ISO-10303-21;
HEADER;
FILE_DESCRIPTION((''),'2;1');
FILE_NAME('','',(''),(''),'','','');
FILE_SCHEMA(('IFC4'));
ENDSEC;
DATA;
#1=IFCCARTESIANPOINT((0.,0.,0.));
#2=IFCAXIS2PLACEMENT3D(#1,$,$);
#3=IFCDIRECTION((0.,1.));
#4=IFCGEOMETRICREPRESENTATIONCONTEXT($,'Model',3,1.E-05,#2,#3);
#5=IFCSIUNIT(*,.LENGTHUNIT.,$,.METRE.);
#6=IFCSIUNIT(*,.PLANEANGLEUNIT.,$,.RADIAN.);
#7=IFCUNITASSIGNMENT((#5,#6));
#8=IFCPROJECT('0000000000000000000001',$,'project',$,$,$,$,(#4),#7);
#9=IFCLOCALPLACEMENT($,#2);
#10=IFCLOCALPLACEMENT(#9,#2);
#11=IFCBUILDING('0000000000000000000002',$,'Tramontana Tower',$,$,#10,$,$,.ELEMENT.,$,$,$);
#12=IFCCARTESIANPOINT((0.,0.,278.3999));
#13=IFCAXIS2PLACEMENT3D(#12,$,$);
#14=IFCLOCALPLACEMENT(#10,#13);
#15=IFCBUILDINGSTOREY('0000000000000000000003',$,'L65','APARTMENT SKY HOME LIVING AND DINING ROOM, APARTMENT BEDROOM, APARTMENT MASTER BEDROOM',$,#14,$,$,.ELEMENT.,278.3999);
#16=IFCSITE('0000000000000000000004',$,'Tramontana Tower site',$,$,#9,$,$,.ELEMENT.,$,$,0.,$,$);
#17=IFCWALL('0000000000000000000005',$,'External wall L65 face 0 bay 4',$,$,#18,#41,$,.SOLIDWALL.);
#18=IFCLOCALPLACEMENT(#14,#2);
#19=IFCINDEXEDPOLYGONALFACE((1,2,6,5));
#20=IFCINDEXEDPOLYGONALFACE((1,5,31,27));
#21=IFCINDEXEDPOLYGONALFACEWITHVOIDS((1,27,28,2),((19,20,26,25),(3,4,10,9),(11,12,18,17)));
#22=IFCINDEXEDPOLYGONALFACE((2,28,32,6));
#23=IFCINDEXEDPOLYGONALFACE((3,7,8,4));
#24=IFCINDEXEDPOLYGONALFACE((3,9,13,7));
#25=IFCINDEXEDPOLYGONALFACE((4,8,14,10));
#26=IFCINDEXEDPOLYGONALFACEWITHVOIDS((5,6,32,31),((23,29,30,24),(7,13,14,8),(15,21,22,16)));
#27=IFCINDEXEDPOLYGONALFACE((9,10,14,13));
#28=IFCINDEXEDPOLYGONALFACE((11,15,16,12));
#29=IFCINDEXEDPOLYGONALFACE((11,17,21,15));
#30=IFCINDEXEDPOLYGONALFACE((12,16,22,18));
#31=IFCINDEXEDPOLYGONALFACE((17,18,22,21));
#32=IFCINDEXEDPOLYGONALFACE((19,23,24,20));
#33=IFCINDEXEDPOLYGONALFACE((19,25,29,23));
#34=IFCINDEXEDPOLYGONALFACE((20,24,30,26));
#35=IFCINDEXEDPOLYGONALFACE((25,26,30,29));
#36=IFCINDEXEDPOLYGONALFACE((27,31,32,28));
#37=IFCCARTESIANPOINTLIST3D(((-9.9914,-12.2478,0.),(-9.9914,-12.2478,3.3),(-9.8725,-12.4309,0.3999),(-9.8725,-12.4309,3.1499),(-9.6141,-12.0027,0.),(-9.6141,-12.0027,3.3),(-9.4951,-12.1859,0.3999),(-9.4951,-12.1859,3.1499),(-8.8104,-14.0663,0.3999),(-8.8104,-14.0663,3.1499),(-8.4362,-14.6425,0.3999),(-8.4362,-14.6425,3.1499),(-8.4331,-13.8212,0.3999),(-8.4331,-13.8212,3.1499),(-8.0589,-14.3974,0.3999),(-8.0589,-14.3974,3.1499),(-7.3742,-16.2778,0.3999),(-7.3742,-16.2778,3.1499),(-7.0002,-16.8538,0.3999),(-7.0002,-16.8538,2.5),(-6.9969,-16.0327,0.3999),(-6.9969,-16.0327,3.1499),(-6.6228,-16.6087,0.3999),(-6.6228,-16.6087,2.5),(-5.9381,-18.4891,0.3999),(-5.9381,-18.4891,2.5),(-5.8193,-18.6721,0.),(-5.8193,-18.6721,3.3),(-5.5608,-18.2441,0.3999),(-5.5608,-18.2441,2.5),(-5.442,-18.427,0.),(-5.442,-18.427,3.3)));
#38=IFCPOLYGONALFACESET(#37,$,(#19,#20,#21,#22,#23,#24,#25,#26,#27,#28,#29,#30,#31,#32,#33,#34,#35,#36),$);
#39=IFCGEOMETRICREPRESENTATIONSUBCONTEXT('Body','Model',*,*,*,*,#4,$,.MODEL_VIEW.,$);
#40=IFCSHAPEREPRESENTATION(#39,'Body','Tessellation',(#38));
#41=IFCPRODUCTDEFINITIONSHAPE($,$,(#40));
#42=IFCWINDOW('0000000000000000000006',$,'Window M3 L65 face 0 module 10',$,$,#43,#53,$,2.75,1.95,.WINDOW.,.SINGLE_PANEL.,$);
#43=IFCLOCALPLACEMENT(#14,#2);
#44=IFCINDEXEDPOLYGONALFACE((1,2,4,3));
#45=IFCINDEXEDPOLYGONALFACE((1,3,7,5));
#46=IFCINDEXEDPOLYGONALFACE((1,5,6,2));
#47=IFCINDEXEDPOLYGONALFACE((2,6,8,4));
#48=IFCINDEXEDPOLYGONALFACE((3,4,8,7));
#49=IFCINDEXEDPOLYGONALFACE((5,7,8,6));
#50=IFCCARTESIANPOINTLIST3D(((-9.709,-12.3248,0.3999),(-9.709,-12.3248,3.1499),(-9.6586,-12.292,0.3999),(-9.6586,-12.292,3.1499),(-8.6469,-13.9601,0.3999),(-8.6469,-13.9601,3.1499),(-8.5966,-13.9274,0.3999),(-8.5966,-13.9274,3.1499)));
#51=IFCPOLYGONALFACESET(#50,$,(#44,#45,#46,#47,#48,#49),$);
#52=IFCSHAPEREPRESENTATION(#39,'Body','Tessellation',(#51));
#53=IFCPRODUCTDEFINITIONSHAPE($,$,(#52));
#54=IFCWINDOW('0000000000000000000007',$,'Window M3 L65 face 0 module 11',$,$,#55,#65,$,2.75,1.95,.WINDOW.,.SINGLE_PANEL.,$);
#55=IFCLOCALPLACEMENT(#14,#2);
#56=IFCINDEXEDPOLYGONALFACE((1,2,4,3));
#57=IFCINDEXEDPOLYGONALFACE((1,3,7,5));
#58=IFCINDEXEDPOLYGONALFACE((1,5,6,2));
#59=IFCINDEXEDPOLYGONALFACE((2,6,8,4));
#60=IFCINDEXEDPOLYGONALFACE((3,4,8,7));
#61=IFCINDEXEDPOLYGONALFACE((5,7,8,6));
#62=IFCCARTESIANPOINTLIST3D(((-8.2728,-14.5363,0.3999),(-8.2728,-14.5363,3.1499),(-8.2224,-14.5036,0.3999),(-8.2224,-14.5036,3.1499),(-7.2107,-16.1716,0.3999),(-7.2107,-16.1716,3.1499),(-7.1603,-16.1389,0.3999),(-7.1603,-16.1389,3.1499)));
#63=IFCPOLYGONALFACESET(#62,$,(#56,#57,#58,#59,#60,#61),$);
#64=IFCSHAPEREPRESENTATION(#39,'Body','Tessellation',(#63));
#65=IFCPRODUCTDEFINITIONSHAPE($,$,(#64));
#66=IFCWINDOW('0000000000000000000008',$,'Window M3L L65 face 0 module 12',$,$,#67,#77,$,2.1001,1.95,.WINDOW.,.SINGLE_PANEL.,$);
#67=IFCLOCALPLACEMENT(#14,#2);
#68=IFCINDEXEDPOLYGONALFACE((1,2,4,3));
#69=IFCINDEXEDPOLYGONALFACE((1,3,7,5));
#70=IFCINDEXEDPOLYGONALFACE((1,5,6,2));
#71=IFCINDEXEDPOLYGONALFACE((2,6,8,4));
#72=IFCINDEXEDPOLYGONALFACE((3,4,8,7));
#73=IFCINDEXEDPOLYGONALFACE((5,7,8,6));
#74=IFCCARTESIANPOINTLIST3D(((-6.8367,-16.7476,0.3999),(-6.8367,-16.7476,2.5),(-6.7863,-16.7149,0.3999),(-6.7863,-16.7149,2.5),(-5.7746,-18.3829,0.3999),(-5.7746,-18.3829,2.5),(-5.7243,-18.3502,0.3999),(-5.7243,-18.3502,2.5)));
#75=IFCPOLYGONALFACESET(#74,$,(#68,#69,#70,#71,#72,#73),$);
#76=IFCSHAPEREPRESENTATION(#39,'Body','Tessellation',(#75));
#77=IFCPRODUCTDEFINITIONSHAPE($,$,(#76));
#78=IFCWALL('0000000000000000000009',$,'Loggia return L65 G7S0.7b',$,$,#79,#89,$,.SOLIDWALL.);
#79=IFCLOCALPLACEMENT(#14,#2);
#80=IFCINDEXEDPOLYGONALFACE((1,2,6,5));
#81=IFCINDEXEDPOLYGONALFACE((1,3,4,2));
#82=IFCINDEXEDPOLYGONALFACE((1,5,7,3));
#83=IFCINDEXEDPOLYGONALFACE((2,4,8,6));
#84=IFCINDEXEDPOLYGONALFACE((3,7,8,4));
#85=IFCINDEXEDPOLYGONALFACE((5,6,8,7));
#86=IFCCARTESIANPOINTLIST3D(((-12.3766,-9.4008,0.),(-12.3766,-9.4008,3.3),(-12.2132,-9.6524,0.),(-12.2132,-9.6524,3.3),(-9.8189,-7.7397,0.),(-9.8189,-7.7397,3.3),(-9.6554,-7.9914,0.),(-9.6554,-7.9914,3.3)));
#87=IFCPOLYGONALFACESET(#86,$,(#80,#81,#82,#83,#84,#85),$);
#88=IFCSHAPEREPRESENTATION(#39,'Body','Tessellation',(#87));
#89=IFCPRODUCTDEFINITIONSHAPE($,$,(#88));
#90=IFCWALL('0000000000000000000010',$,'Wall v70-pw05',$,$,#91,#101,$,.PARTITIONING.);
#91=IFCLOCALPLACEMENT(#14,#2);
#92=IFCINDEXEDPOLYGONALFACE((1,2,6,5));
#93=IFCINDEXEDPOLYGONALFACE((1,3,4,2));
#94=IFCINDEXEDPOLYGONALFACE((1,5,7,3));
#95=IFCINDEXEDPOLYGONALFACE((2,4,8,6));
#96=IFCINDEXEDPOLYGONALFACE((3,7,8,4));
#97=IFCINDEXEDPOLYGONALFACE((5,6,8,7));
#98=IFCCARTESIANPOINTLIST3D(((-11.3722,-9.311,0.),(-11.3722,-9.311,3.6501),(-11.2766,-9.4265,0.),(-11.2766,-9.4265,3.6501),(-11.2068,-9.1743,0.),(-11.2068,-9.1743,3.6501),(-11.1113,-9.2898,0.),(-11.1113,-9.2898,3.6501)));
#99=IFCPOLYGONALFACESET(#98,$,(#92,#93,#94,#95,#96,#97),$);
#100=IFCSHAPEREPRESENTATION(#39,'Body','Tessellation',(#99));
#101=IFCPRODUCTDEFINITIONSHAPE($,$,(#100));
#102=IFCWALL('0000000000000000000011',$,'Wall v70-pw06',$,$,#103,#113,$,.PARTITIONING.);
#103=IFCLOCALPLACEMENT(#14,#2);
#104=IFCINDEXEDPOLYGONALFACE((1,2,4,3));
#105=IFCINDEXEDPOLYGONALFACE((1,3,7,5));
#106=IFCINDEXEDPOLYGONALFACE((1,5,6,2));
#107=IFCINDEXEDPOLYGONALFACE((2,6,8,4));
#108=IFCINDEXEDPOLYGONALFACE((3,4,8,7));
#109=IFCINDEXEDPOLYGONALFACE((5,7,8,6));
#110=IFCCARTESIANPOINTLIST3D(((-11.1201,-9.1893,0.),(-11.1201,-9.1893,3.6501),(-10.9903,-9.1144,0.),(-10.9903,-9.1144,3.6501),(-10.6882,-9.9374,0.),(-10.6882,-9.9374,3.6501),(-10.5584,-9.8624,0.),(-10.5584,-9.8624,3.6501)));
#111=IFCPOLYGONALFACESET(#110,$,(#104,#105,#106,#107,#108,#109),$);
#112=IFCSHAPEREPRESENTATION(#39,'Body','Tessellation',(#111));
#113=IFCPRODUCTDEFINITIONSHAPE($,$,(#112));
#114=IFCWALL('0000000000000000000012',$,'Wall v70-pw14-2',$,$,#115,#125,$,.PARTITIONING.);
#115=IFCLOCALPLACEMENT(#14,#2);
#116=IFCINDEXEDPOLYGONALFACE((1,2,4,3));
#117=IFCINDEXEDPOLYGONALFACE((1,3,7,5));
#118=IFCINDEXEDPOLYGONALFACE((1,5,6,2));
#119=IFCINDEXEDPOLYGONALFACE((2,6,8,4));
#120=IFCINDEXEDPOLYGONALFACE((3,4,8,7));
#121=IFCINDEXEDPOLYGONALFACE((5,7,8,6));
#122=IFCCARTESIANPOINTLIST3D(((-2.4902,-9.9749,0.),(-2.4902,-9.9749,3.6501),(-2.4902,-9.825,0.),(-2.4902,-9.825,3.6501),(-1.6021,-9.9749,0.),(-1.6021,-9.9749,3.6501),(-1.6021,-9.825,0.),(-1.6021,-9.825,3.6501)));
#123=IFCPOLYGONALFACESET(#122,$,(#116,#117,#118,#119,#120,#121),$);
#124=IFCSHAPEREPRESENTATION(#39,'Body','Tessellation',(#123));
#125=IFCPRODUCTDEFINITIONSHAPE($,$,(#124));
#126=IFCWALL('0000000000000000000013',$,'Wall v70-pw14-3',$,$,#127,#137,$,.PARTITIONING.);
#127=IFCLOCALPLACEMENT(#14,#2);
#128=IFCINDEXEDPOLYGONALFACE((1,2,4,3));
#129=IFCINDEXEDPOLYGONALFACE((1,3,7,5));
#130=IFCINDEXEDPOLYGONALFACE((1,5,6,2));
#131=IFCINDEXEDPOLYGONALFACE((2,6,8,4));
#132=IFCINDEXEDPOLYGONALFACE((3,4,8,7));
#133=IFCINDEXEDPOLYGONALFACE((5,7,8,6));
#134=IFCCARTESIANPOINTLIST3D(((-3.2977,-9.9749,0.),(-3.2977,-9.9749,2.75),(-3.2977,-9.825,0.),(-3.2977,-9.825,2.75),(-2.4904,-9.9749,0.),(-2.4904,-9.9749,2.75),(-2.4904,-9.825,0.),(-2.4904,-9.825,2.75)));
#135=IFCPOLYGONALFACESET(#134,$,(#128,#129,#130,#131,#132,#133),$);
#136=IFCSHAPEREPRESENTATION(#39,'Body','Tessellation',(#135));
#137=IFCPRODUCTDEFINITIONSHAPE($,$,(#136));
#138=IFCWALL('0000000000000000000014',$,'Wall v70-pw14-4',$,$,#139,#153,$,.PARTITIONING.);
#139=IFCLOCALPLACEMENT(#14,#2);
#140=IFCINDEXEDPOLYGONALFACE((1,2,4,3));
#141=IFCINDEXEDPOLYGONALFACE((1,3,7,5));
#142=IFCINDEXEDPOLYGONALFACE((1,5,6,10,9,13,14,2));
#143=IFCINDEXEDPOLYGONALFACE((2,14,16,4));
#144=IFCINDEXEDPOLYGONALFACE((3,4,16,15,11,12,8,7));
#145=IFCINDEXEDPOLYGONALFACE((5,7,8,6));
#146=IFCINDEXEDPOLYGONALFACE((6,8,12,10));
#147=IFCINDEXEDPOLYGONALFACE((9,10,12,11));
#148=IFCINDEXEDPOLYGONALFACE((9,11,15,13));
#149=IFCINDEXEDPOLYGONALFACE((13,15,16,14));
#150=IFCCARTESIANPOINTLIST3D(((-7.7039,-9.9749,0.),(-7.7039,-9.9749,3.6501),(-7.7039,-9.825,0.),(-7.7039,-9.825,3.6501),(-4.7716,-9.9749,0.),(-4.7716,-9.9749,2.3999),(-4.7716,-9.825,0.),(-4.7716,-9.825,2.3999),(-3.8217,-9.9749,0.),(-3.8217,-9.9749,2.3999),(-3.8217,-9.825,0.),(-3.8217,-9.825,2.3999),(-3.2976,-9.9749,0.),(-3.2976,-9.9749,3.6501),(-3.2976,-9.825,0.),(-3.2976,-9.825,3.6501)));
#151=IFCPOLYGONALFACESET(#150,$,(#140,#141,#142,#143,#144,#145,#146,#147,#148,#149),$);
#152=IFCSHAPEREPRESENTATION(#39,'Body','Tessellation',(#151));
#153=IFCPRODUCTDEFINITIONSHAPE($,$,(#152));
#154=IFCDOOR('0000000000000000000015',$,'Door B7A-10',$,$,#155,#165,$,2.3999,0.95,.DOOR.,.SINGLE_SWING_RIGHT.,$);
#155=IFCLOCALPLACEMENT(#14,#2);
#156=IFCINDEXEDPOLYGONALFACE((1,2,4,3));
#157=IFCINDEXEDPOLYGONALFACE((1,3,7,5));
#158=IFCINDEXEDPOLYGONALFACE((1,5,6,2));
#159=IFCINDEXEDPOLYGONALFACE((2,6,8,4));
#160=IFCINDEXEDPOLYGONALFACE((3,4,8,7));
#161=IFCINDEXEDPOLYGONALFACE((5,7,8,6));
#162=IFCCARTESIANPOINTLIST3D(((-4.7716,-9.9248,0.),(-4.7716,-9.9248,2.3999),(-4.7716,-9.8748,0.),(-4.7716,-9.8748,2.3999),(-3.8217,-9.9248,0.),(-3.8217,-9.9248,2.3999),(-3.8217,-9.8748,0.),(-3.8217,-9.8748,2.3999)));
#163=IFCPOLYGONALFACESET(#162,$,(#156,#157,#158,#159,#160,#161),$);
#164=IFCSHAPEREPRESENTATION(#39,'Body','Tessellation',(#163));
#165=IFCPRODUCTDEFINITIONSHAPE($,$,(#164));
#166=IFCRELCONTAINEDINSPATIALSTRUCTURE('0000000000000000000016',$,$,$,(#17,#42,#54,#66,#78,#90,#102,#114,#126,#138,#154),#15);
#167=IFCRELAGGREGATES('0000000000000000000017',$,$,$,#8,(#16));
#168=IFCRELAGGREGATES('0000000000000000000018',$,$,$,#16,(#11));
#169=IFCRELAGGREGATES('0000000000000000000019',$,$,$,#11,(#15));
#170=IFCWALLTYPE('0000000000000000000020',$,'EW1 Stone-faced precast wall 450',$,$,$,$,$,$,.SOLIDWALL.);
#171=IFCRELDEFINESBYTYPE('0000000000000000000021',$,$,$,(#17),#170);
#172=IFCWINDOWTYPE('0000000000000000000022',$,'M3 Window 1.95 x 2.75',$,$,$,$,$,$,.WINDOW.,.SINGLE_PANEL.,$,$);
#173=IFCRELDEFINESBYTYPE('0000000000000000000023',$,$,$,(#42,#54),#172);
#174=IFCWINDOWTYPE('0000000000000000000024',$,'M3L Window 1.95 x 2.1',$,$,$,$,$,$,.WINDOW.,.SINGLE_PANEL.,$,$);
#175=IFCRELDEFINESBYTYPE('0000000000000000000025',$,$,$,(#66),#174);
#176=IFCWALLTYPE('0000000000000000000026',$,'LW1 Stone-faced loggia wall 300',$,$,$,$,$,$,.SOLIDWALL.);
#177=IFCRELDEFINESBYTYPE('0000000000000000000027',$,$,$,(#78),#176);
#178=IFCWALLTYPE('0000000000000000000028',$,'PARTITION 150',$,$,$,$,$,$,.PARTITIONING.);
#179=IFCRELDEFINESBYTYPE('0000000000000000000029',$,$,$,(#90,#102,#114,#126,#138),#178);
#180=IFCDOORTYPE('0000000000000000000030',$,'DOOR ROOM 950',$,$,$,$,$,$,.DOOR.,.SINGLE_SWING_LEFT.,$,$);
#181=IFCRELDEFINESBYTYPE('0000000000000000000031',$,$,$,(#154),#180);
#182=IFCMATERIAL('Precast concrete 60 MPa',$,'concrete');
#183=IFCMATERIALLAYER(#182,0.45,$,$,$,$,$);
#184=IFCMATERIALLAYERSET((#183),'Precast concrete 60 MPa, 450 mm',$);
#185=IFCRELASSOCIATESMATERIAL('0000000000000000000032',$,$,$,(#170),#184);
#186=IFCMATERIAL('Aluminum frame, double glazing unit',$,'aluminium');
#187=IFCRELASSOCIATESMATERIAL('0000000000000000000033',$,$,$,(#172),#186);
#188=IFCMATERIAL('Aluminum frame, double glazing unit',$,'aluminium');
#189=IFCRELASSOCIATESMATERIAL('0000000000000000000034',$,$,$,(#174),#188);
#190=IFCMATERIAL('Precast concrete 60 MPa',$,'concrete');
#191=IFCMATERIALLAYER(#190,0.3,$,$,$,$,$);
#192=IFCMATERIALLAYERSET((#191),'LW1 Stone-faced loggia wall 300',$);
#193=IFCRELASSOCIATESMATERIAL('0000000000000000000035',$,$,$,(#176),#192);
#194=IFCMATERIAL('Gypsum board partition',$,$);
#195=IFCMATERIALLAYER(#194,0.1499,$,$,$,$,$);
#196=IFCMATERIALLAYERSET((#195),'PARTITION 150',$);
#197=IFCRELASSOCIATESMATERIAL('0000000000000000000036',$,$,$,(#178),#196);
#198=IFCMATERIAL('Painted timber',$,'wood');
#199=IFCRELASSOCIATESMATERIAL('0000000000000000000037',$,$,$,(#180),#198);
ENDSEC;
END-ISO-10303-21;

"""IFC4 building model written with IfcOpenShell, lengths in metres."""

from ifc_helpers import new_model, si_unit, direction, frame, frame_2d, origin, place, context, subcontext, project, spatial, rectangle, extrude, material, layer, layer_set, type_object, element, fill, save


model = new_model("IFC4")

# Units and contexts
model_context = context("Model", 3, precision=1e-05, world=origin(), true_north=direction((0.0, 1.0)))
body_context = subcontext(model_context, "Body", "Model", "MODEL_VIEW")
ifc_project = project(units=[si_unit("LENGTHUNIT", "METRE"), si_unit("PLANEANGLEUNIT", "RADIAN")], contexts=[model_context])

# Site, building, storey
site_placement = place(None, origin())
site = spatial("IfcSite", under=ifc_project, at=site_placement, Name="Tramontana Tower site", CompositionType="ELEMENT", RefElevation=0.0)
building_placement = place(site_placement, origin())
building = spatial("IfcBuilding", under=site, at=building_placement, Name="Tramontana Tower", CompositionType="ELEMENT")
storey_placement = place(building_placement, frame((0.0, 0.0, 278.3999)))
storey = spatial("IfcBuildingStorey", under=building, at=storey_placement, Name="L65", Description="APARTMENT SKY HOME LIVING AND DINING ROOM, APARTMENT BEDROOM, APARTMENT MASTER BEDROOM", CompositionType="ELEMENT", Elevation=278.3999)

# Shared definitions
ifc_material_1 = material(Name="Precast concrete 60 MPa", Category="concrete")
ifc_layer_1 = layer(ifc_material_1, 0.45)
ifc_layer_set_1 = layer_set([ifc_layer_1], Name="Precast concrete 60 MPa, 450 mm")
wall_type_1 = type_object("IfcWallType", Name="EW1 Stone-faced precast wall 450", PredefinedType="SOLIDWALL", material=ifc_layer_set_1)
ifc_material_2 = material(Name="Aluminum frame, double glazing unit", Category="aluminium")
window_type_1 = type_object("IfcWindowType", Name="M3 Window 1.95 x 2.75", PartitioningType="SINGLE_PANEL", PredefinedType="WINDOW", material=ifc_material_2)

# Wall, openings, windows
wall_1_placement = place(storey_placement, frame((-9.8027, -12.1252, 0.0), z_axis=(0.0, 0.0, 1.0), x_axis=(0.54465, -0.838663, 0.0)))
wall_1 = element("IfcWall", 1, at=wall_1_placement, inside=storey, type_object=wall_type_1, Name="External wall L65 face 0 bay 4", PredefinedType="SOLIDWALL", context=body_context, shape_type="SweptSolid", body=[
    extrude(rectangle(XDim=7.6602, YDim=0.45, at=frame_2d((3.8301, 0.0))), origin(), (0.0, 0.0, 1.0), 3.3),
])
opening_1_placement = place(wall_1_placement, frame((0.2183, 0.0, 0.3999)))
opening_1 = element("IfcOpeningElement", 2, at=opening_1_placement, cuts=wall_1, PredefinedType="OPENING", context=body_context, shape_type="SweptSolid", body=[
    extrude(rectangle(XDim=1.95, YDim=2.75, at=frame_2d((0.9751, 1.375))), frame((0.0, 0.2349, 0.0), z_axis=(0.0, -1.0, 0.0), x_axis=(1.0, 0.0, 0.0)), (0.0, 0.0, 1.0), 0.47),
])
opening_2_placement = place(wall_1_placement, frame((2.8552, 0.0, 0.3999)))
opening_2 = element("IfcOpeningElement", 3, at=opening_2_placement, cuts=wall_1, PredefinedType="OPENING", context=body_context, shape_type="SweptSolid", body=[
    extrude(rectangle(XDim=1.95, YDim=2.75, at=frame_2d((0.9751, 1.375))), frame((0.0, 0.2349, 0.0), z_axis=(0.0, -1.0, 0.0), x_axis=(1.0, 0.0, 0.0)), (0.0, 0.0, 1.0), 0.47),
])
opening_3_placement = place(wall_1_placement, frame((5.4919, 0.0, 0.3999)))
opening_3 = element("IfcOpeningElement", 4, at=opening_3_placement, cuts=wall_1, PredefinedType="OPENING", context=body_context, shape_type="SweptSolid", body=[
    extrude(rectangle(XDim=1.95, YDim=2.1001, at=frame_2d((0.9751, 1.05))), frame((0.0, 0.2349, 0.0), z_axis=(0.0, -1.0, 0.0), x_axis=(1.0, 0.0, 0.0)), (0.0, 0.0, 1.0), 0.47),
])
window_1_placement = place(opening_1_placement, origin())
window_1 = element("IfcWindow", 5, at=window_1_placement, inside=storey, type_object=window_type_1, Name="Window M3 L65 face 0 module 10", OverallHeight=2.75, OverallWidth=1.95, PartitioningType="SINGLE_PANEL", PredefinedType="WINDOW", context=body_context, shape_type="SweptSolid", body=[
    extrude(rectangle(XDim=1.95, YDim=2.75, at=frame_2d((0.9751, 1.375))), frame((0.0, 0.03, 0.0), z_axis=(0.0, -1.0, 0.0), x_axis=(1.0, 0.0, 0.0)), (0.0, 0.0, 1.0), 0.0601),
])
fill(opening_1, window_1)
window_2_placement = place(opening_2_placement, origin())
window_2 = element("IfcWindow", 6, at=window_2_placement, inside=storey, type_object=window_type_1, Name="Window M3 L65 face 0 module 11", OverallHeight=2.75, OverallWidth=1.95, PartitioningType="SINGLE_PANEL", PredefinedType="WINDOW", context=body_context, shape_type="SweptSolid", body=[
    extrude(rectangle(XDim=1.95, YDim=2.75, at=frame_2d((0.9751, 1.375))), frame((0.0, 0.03, 0.0), z_axis=(0.0, -1.0, 0.0), x_axis=(1.0, 0.0, 0.0)), (0.0, 0.0, 1.0), 0.0601),
])
fill(opening_2, window_2)
ifc_material_3 = material(Name="Aluminum frame, double glazing unit", Category="aluminium")
window_type_2 = type_object("IfcWindowType", Name="M3L Window 1.95 x 2.1", PartitioningType="SINGLE_PANEL", PredefinedType="WINDOW", material=ifc_material_3)
window_3_placement = place(opening_3_placement, origin())
window_3 = element("IfcWindow", 7, at=window_3_placement, inside=storey, type_object=window_type_2, Name="Window M3L L65 face 0 module 12", OverallHeight=2.1001, OverallWidth=1.95, PartitioningType="SINGLE_PANEL", PredefinedType="WINDOW", context=body_context, shape_type="SweptSolid", body=[
    extrude(rectangle(XDim=1.95, YDim=2.1001, at=frame_2d((0.9751, 1.05))), frame((0.0, 0.03, 0.0), z_axis=(0.0, -1.0, 0.0), x_axis=(1.0, 0.0, 0.0)), (0.0, 0.0, 1.0), 0.0601),
])
fill(opening_3, window_3)

# Walls
ifc_material_4 = material(Name="Precast concrete 60 MPa", Category="concrete")
ifc_layer_2 = layer(ifc_material_4, 0.3)
ifc_layer_set_2 = layer_set([ifc_layer_2], Name="LW1 Stone-faced loggia wall 300")
wall_type_2 = type_object("IfcWallType", Name="LW1 Stone-faced loggia wall 300", PredefinedType="SOLIDWALL", material=ifc_layer_set_2)
wall_2_placement = place(storey_placement, frame((-12.2949, -9.5266, 0.0), z_axis=(0.0, 0.0, 1.0), x_axis=(0.838665, 0.544648, 0.0)))
element("IfcWall", 8, at=wall_2_placement, inside=storey, type_object=wall_type_2, Name="Loggia return L65 G7S0.7b", PredefinedType="SOLIDWALL", context=body_context, shape_type="SweptSolid", body=[
    extrude(rectangle(XDim=3.0498, YDim=0.3, at=frame_2d((1.5249, 0.0))), origin(), (0.0, 0.0, 1.0), 3.3),
])
ifc_material_5 = material(Name="Gypsum board partition")
ifc_layer_3 = layer(ifc_material_5, 0.1499)
ifc_layer_set_3 = layer_set([ifc_layer_3], Name="PARTITION 150")
wall_type_3 = type_object("IfcWallType", Name="PARTITION 150", PredefinedType="PARTITIONING", material=ifc_layer_set_3)
wall_3_placement = place(storey_placement, frame((-11.1589, -9.2319, 0.0), z_axis=(0.0, 0.0, 1.0), x_axis=(-0.770549, -0.637381, 0.0)))
element("IfcWall", 9, at=wall_3_placement, inside=storey, type_object=wall_type_3, Name="Wall v70-pw05", PredefinedType="PARTITIONING", context=body_context, shape_type="SweptSolid", body=[
    extrude(rectangle(XDim=0.2146, YDim=0.1499, at=frame_2d((0.1074, 0.0))), origin(), (0.0, 0.0, 1.0), 3.6501),
])
wall_4_placement = place(storey_placement, frame((-10.6233, -9.8999, 0.0), z_axis=(0.0, 0.0, 1.0), x_axis=(-0.5, 0.866026, 0.0)))
element("IfcWall", 10, at=wall_4_placement, inside=storey, type_object=wall_type_3, Name="Wall v70-pw06", PredefinedType="PARTITIONING", context=body_context, shape_type="SweptSolid", body=[
    extrude(rectangle(XDim=0.8638, YDim=0.1499, at=frame_2d((0.4319, 0.0))), origin(), (0.0, 0.0, 1.0), 3.6501),
])
wall_5_placement = place(storey_placement, frame((-1.6021, -9.8999, 0.0), z_axis=(0.0, 0.0, 1.0), x_axis=(-1.0, 0.0, 0.0)))
element("IfcWall", 11, at=wall_5_placement, inside=storey, type_object=wall_type_3, Name="Wall v70-pw14-2", PredefinedType="PARTITIONING", context=body_context, shape_type="SweptSolid", body=[
    extrude(rectangle(XDim=0.8882, YDim=0.1499, at=frame_2d((0.4441, 0.0))), origin(), (0.0, 0.0, 1.0), 3.6501),
])
wall_6_placement = place(storey_placement, frame((-2.4902, -9.8999, 0.0), z_axis=(0.0, 0.0, 1.0), x_axis=(-1.0, 0.0, 0.0)))
element("IfcWall", 12, at=wall_6_placement, inside=storey, type_object=wall_type_3, Name="Wall v70-pw14-3", PredefinedType="PARTITIONING", context=body_context, shape_type="SweptSolid", body=[
    extrude(rectangle(XDim=0.8074, YDim=0.1499, at=frame_2d((0.4038, 0.0))), origin(), (0.0, 0.0, 1.0), 2.75),
])

# Wall, opening, door
wall_7_placement = place(storey_placement, frame((-3.2976, -9.8999, 0.0), z_axis=(0.0, 0.0, 1.0), x_axis=(-1.0, 0.0, 0.0)))
wall_7 = element("IfcWall", 13, at=wall_7_placement, inside=storey, type_object=wall_type_3, Name="Wall v70-pw14-4", PredefinedType="PARTITIONING", context=body_context, shape_type="SweptSolid", body=[
    extrude(rectangle(XDim=4.4062, YDim=0.1499, at=frame_2d((2.2031, 0.0))), origin(), (0.0, 0.0, 1.0), 3.6501),
])
opening_4_placement = place(wall_7_placement, frame((0.5239, 0.0, 0.0)))
opening_4 = element("IfcOpeningElement", 14, at=opening_4_placement, cuts=wall_7, PredefinedType="OPENING", context=body_context, shape_type="SweptSolid", body=[
    extrude(rectangle(XDim=0.95, YDim=2.3999, at=frame_2d((0.4751, 1.2))), frame((0.0, 0.085, 0.0), z_axis=(0.0, -1.0, 0.0), x_axis=(1.0, 0.0, 0.0)), (0.0, 0.0, 1.0), 0.1699),
])
ifc_material_6 = material(Name="Painted timber", Category="wood")
door_type = type_object("IfcDoorType", Name="DOOR ROOM 950", OperationType="SINGLE_SWING_LEFT", PredefinedType="DOOR", material=ifc_material_6)
door_1_placement = place(opening_4_placement, origin())
door_1 = element("IfcDoor", 15, at=door_1_placement, inside=storey, type_object=door_type, Name="Door B7A-10", OperationType="SINGLE_SWING_RIGHT", OverallHeight=2.3999, OverallWidth=0.95, PredefinedType="DOOR", context=body_context, shape_type="SweptSolid", body=[
    extrude(rectangle(XDim=0.95, YDim=2.3999, at=frame_2d((0.4751, 1.2))), frame((0.0, 0.0249, 0.0), z_axis=(0.0, -1.0, 0.0), x_axis=(1.0, 0.0, 0.0)), (0.0, 0.0, 1.0), 0.05),
])
fill(opening_4, door_1)

save(model, "model.ifc")
